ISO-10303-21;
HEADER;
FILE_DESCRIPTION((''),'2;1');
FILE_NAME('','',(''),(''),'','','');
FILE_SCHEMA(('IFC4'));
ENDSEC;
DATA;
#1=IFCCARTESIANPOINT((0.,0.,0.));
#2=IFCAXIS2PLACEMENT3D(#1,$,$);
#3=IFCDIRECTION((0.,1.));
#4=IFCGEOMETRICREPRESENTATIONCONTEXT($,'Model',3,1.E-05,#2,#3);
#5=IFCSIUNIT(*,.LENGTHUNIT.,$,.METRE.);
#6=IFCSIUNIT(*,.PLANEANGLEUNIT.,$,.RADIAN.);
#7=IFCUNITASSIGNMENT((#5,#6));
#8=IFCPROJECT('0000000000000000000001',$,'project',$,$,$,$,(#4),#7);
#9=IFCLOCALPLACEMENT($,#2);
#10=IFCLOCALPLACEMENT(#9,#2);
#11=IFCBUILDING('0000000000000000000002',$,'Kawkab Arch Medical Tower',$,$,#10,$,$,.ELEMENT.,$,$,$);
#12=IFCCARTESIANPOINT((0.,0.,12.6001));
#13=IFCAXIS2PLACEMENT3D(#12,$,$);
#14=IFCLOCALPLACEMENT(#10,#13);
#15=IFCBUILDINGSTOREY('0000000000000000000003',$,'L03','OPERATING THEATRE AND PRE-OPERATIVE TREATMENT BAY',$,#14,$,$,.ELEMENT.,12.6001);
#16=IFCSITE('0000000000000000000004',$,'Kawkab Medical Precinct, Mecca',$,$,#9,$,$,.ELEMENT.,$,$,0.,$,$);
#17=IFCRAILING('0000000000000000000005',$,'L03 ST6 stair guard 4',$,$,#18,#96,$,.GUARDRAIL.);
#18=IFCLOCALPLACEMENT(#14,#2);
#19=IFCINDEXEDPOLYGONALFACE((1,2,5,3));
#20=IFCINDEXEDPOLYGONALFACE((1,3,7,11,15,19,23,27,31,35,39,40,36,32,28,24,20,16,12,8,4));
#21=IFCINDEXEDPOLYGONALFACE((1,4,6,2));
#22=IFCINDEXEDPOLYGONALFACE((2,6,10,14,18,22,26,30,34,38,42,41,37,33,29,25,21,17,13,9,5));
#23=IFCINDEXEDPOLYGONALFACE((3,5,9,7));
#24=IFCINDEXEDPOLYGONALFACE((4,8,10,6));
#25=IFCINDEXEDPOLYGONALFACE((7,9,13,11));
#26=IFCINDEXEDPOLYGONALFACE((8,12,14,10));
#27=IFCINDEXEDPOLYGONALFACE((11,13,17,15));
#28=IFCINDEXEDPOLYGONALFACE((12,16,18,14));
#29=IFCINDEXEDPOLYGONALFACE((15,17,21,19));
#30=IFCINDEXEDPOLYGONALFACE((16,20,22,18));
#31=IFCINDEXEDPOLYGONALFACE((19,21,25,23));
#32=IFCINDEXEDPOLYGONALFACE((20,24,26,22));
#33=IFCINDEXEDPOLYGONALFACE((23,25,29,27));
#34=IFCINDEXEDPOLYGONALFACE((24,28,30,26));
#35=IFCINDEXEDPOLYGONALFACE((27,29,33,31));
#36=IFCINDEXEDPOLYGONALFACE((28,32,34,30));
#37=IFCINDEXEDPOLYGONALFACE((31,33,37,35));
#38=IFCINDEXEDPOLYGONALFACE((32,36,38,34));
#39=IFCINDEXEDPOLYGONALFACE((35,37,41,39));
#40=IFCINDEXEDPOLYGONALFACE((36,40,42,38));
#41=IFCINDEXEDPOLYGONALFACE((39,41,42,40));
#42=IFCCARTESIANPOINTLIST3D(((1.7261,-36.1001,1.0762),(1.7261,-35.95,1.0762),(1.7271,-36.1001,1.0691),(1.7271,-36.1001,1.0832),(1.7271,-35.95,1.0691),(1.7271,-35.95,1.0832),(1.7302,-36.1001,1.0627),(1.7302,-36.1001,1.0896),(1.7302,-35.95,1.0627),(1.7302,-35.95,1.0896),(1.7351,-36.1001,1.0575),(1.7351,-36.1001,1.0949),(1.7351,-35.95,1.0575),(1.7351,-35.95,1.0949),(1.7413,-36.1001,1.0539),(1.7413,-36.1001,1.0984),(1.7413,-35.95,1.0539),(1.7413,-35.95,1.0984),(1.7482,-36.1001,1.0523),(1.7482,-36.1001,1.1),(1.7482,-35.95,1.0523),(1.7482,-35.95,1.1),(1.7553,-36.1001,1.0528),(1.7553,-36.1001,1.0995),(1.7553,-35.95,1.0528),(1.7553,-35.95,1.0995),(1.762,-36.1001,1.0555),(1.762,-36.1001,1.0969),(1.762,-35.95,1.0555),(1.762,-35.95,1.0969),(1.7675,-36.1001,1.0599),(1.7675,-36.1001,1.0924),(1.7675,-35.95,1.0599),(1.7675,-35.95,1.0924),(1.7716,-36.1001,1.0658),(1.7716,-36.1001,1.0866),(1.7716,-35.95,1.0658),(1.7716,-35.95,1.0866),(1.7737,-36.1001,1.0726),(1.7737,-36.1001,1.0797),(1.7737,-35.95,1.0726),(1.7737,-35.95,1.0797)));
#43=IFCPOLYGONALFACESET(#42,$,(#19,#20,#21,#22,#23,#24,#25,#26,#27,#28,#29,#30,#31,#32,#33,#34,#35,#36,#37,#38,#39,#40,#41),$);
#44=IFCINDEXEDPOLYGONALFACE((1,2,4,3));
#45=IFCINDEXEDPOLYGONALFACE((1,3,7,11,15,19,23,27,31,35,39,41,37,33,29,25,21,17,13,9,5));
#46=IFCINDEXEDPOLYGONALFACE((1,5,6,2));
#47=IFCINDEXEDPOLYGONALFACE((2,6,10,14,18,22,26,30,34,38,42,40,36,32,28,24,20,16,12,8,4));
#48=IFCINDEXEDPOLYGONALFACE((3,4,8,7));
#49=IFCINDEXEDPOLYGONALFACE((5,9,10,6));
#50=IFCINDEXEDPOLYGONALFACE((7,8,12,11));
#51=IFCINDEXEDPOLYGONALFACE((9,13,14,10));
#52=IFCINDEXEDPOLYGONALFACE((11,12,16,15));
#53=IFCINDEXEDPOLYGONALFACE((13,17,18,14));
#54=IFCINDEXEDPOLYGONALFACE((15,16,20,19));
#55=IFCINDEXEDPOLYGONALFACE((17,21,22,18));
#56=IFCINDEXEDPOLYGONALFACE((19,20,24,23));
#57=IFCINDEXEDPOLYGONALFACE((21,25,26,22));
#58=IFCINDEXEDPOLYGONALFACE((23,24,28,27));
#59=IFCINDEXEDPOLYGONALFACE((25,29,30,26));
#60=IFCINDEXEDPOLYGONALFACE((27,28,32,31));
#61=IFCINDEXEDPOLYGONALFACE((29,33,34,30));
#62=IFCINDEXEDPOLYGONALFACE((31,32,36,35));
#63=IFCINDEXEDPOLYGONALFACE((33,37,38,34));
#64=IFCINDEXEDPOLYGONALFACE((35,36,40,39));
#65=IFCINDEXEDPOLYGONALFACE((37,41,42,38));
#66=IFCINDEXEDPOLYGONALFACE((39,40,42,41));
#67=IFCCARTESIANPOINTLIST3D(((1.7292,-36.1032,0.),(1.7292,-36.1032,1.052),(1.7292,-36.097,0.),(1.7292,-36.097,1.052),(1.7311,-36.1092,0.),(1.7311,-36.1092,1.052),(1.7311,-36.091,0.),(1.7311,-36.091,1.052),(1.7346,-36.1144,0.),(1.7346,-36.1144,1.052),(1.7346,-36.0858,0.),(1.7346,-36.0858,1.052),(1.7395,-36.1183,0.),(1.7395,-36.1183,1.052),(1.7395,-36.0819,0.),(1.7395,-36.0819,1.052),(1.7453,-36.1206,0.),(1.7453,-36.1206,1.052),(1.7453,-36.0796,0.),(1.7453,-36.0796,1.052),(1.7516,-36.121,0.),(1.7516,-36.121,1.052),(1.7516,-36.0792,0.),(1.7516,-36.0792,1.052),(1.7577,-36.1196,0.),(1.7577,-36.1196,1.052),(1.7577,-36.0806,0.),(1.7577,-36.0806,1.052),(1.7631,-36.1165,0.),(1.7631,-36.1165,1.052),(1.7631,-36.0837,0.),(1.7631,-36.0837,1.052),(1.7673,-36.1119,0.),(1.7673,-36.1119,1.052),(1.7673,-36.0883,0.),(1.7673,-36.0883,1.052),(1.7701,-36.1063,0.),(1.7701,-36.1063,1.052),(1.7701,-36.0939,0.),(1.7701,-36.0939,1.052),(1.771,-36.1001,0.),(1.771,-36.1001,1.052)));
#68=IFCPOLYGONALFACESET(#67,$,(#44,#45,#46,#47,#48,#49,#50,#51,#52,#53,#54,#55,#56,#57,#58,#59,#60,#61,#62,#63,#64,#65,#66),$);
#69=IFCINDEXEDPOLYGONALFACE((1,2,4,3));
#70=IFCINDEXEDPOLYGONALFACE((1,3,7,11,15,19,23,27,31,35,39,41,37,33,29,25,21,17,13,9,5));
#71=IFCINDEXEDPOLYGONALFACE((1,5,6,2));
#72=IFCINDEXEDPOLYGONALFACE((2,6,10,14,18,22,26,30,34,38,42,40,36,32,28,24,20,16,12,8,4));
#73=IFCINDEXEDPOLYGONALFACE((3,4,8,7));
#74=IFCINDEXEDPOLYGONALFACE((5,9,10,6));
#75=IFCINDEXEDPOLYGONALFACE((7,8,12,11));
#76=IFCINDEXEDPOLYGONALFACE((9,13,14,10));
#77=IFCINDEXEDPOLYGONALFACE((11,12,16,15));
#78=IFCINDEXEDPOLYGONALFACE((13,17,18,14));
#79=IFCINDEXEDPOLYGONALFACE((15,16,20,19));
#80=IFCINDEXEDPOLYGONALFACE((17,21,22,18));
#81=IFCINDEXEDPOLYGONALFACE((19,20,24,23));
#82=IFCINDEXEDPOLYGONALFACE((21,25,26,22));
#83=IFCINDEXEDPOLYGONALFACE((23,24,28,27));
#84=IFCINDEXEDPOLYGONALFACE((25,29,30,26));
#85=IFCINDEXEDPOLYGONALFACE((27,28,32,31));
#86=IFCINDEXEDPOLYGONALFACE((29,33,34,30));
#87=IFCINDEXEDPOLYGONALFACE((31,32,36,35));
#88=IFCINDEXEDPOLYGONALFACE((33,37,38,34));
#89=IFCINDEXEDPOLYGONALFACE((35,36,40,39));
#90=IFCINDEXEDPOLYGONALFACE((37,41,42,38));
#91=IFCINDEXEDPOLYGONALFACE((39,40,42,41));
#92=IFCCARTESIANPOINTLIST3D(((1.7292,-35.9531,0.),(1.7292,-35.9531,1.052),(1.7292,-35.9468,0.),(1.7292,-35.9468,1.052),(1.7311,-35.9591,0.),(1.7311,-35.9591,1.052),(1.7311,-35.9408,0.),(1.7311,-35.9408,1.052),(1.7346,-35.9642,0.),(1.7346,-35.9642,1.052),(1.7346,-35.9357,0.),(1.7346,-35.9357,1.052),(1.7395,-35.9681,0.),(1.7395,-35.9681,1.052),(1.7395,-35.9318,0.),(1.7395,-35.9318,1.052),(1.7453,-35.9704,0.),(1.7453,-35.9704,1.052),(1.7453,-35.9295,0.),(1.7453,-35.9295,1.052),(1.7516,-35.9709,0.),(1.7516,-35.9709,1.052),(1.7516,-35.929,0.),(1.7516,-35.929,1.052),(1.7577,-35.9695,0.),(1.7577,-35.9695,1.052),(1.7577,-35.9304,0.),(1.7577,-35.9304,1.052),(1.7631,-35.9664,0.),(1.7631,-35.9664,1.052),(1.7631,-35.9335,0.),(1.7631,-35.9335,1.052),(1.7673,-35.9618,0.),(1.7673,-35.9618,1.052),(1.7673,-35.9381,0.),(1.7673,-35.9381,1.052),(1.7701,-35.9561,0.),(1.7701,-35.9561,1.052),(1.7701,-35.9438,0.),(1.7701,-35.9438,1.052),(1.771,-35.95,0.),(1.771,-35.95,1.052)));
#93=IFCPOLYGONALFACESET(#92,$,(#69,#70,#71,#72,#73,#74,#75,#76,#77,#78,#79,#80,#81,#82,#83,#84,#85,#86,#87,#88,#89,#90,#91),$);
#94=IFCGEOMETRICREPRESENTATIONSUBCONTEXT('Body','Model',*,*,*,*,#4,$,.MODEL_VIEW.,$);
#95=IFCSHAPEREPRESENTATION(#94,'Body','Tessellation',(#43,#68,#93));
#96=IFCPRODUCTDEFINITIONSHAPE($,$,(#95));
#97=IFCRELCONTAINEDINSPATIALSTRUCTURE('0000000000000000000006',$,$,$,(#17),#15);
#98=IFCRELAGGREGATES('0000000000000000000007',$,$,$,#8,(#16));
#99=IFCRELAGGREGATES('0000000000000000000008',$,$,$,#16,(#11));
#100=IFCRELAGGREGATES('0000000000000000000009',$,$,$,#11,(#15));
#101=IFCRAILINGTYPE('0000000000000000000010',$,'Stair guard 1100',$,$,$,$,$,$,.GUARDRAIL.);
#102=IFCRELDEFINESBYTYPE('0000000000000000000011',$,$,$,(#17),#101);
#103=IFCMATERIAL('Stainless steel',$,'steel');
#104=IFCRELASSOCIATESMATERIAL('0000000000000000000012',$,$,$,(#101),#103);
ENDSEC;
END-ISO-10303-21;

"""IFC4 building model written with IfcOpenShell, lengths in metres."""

from ifc_helpers import new_model, si_unit, direction, frame, origin, origin_2d, place, context, subcontext, project, spatial, circle, extrude, material, type_object, element, save


model = new_model("IFC4")

# Units and contexts
model_context = context("Model", 3, precision=1e-05, world=origin(), true_north=direction((0.0, 1.0)))
body_context = subcontext(model_context, "Body", "Model", "MODEL_VIEW")
ifc_project = project(units=[si_unit("LENGTHUNIT", "METRE"), si_unit("PLANEANGLEUNIT", "RADIAN")], contexts=[model_context])

# Site, building, storey
site_placement = place(None, origin())
site = spatial("IfcSite", under=ifc_project, at=site_placement, Name="Kawkab Medical Precinct, Mecca", CompositionType="ELEMENT", RefElevation=0.0)
building_placement = place(site_placement, origin())
building = spatial("IfcBuilding", under=site, at=building_placement, Name="Kawkab Arch Medical Tower", CompositionType="ELEMENT")
storey_placement = place(building_placement, frame((0.0, 0.0, 12.6001)))
storey = spatial("IfcBuildingStorey", under=building, at=storey_placement, Name="L03", Description="OPERATING THEATRE AND PRE-OPERATIVE TREATMENT BAY", CompositionType="ELEMENT", Elevation=12.6001)

# Railing
ifc_material_1 = material(Name="Stainless steel", Category="steel")
railing_type = type_object("IfcRailingType", Name="Stair guard 1100", PredefinedType="GUARDRAIL", material=ifc_material_1)
railing_1_placement = place(storey_placement, frame((1.75, -36.1001, 0.0)))
element("IfcRailing", 1, at=railing_1_placement, inside=storey, type_object=railing_type, Name="L03 ST6 stair guard 4", PredefinedType="GUARDRAIL", context=body_context, shape_type="SweptSolid", body=[
    extrude(circle(Radius=0.0239, at=origin_2d()), frame((0.0, 0.0, 1.0762), z_axis=(0.0, 1.0, 0.0), x_axis=(-1.0, 0.0, 0.0)), (0.0, 0.0, 1.0), 0.1501),
    extrude(circle(Radius=0.021, at=origin_2d()), origin(), (0.0, 0.0, 1.0), 1.052),
    extrude(circle(Radius=0.021, at=origin_2d()), frame((0.0, 0.1501, 0.0)), (0.0, 0.0, 1.0), 1.052),
])

save(model, "model.ifc")
